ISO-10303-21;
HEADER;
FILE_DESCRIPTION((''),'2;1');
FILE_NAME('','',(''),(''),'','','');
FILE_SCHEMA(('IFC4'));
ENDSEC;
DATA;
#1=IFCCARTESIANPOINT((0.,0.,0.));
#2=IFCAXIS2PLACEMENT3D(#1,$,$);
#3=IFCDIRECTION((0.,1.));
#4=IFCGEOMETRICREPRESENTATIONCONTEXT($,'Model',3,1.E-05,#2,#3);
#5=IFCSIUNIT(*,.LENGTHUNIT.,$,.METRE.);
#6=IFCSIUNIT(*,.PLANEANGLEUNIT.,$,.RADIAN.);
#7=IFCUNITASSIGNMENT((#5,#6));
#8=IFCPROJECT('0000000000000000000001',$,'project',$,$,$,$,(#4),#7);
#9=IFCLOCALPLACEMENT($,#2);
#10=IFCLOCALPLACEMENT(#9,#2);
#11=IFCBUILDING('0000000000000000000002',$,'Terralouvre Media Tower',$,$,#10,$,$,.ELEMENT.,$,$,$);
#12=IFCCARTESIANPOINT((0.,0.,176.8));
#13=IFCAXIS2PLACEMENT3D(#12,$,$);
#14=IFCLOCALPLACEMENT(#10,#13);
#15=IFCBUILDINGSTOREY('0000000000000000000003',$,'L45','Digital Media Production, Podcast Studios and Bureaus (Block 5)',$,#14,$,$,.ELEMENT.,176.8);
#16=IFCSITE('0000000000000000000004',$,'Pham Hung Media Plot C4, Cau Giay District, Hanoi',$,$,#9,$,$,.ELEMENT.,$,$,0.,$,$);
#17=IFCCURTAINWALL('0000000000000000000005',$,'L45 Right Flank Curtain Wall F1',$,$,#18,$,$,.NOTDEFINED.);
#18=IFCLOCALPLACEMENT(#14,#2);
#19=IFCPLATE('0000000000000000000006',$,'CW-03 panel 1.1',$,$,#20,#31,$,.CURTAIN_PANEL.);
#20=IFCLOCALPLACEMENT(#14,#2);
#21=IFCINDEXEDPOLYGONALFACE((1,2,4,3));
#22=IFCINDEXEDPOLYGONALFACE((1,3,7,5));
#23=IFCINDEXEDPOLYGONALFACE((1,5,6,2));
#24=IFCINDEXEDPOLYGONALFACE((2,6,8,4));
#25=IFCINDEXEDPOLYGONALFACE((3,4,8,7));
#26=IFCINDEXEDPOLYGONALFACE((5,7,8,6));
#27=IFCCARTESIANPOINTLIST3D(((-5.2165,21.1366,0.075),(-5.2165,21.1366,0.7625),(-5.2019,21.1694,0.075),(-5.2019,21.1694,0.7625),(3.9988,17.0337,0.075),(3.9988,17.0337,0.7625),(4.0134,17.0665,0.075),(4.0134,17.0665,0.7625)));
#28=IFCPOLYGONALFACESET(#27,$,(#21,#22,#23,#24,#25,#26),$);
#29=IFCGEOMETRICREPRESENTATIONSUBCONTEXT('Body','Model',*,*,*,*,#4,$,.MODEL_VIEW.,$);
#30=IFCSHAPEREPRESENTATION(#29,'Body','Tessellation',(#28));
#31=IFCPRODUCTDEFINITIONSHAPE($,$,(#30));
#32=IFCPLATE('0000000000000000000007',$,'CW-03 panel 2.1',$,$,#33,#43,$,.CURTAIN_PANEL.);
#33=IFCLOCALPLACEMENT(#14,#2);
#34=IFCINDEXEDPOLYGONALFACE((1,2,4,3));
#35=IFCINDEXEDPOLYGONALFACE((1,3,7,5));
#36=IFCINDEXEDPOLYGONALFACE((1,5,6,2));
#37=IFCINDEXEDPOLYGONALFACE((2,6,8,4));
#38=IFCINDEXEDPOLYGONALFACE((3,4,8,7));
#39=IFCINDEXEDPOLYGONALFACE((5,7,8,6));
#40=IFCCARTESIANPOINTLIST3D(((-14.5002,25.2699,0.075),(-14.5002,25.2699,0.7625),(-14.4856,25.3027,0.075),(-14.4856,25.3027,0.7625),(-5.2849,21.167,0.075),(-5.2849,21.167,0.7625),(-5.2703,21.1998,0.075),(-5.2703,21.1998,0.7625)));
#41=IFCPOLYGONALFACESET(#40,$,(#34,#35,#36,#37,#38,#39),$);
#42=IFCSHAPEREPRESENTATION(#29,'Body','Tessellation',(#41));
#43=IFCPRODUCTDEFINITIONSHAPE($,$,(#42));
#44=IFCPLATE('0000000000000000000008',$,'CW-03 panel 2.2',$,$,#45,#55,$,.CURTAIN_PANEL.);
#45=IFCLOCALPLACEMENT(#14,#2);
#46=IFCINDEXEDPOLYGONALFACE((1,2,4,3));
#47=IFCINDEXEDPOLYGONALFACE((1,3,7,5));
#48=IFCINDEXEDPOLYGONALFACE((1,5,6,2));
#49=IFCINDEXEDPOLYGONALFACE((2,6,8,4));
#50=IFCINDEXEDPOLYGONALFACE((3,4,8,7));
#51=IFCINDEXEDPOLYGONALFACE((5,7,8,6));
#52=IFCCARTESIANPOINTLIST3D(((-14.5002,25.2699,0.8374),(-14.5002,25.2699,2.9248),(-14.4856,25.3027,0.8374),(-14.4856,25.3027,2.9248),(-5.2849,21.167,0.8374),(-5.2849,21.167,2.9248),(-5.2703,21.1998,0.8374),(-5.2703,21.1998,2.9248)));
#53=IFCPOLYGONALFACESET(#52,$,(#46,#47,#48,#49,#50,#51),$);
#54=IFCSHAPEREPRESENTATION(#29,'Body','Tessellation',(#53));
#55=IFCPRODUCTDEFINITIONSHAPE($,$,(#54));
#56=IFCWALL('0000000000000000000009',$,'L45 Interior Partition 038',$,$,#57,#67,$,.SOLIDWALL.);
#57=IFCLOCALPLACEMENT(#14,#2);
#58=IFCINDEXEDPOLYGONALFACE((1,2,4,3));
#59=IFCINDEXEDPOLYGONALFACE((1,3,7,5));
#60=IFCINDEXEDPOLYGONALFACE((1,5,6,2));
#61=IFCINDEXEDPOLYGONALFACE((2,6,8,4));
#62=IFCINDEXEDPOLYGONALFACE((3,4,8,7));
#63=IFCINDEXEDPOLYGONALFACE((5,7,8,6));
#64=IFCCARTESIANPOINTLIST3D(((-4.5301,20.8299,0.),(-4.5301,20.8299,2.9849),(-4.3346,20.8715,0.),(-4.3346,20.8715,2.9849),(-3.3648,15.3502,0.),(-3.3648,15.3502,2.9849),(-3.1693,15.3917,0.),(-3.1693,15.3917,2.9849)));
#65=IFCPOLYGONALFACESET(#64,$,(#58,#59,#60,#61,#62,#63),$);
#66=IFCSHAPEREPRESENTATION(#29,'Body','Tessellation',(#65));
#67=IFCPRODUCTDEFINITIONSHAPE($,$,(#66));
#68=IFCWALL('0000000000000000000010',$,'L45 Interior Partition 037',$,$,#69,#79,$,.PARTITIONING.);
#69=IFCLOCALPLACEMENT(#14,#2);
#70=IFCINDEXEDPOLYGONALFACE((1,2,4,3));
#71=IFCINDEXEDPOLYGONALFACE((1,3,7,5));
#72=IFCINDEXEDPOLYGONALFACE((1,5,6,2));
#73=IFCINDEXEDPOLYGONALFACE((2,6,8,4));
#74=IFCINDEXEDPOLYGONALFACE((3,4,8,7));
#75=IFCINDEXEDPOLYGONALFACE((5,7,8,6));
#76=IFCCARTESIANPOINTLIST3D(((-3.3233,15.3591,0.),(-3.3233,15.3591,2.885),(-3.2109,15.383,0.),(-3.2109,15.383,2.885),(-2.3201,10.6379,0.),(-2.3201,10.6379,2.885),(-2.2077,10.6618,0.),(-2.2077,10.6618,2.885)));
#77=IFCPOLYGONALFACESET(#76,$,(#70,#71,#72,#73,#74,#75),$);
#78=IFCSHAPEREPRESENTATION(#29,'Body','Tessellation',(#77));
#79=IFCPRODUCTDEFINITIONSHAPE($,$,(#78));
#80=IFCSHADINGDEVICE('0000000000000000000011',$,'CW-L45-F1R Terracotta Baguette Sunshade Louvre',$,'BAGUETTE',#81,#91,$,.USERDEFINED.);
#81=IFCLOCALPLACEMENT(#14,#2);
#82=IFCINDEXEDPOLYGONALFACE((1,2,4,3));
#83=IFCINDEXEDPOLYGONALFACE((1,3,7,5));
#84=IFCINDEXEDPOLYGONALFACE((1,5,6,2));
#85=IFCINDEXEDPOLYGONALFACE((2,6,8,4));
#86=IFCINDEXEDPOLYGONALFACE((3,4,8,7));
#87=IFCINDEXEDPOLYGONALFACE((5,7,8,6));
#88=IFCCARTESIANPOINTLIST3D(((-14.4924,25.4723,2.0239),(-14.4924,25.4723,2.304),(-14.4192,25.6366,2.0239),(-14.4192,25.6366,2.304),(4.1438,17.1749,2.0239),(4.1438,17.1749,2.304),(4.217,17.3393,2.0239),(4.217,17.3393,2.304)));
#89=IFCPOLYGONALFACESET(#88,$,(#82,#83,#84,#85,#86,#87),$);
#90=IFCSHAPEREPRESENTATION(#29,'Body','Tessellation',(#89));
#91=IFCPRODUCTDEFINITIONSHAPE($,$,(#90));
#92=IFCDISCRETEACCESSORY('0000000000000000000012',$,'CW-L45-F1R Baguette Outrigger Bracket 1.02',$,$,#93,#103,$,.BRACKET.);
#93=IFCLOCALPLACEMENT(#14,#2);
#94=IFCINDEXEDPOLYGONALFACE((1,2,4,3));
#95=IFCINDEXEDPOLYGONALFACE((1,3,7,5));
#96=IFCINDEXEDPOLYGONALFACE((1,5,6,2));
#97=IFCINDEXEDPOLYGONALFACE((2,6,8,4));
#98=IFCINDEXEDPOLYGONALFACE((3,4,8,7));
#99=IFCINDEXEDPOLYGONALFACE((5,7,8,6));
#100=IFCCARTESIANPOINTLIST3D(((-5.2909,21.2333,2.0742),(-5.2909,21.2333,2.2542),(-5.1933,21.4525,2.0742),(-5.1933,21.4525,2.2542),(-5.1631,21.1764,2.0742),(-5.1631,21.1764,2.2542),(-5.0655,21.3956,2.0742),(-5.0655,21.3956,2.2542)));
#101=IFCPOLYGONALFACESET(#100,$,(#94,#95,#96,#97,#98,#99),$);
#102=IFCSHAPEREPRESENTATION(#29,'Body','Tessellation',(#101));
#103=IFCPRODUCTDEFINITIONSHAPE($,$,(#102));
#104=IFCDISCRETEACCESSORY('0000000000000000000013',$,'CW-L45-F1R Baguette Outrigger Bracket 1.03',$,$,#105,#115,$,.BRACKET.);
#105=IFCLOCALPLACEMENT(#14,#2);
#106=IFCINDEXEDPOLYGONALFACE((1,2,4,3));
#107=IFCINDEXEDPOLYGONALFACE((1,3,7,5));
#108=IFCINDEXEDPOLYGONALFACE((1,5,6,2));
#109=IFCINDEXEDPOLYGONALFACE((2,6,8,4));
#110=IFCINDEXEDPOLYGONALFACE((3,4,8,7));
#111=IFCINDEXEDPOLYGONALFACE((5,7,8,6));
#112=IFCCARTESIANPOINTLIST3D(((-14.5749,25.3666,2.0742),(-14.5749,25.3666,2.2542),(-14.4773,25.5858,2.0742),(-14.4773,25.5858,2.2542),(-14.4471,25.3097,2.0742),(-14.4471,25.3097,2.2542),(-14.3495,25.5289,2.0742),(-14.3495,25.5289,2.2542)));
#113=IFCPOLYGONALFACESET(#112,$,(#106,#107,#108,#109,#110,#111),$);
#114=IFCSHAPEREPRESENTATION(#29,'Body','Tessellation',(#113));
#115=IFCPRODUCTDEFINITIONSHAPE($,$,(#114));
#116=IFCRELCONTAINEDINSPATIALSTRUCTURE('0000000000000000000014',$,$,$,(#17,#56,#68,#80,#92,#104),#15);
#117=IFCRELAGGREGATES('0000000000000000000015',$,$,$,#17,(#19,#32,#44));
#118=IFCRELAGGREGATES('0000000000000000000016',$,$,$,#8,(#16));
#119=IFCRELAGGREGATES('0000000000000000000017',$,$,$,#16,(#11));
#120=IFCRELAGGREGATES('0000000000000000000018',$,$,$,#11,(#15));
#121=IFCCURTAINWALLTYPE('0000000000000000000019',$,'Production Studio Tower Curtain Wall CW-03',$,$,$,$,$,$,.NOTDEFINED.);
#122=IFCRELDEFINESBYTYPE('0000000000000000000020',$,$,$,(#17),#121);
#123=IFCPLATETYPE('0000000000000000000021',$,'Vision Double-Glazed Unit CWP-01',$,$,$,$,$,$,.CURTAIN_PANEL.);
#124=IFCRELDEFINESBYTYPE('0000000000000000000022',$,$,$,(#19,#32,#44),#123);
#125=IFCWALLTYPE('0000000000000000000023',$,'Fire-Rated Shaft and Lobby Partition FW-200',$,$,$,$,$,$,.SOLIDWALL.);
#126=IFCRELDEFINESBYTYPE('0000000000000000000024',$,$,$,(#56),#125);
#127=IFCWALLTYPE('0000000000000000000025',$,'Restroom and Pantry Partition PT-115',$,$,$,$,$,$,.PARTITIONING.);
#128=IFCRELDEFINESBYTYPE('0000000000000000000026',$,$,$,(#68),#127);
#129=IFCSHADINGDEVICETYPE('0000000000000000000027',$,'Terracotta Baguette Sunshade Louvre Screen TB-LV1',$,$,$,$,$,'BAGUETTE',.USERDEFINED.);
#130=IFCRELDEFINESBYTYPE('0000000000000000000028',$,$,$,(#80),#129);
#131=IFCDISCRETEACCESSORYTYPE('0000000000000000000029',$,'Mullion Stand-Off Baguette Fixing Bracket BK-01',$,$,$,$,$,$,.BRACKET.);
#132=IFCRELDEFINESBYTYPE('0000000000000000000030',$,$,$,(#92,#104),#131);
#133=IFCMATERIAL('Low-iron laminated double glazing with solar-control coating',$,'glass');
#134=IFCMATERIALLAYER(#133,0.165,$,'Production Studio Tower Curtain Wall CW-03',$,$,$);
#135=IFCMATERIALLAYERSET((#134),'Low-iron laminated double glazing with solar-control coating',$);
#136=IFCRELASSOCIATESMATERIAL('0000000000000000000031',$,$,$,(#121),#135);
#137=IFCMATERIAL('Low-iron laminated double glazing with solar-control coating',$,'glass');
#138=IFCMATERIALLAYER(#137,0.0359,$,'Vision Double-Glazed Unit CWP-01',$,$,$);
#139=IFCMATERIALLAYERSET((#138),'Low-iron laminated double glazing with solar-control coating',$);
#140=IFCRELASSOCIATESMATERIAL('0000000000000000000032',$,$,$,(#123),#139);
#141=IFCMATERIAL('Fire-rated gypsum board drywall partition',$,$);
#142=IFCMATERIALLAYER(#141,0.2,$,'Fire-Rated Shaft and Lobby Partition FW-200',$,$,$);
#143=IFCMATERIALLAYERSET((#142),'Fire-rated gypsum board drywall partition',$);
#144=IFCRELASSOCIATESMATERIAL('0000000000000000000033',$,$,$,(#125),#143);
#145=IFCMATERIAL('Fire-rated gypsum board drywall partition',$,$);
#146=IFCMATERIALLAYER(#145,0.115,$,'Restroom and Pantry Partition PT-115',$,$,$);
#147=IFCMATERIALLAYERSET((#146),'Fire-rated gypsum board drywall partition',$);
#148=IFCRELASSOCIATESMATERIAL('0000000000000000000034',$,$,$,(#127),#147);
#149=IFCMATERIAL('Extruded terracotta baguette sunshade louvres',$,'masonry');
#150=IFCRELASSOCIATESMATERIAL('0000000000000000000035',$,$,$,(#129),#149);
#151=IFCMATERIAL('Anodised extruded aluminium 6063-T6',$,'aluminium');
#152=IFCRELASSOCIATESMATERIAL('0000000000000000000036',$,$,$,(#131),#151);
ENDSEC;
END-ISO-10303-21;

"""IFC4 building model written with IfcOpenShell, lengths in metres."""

from ifc_helpers import new_model, si_unit, direction, frame, frame_2d, origin, origin_2d, place, context, subcontext, project, spatial, rectangle, extrude, material, layer, layer_set, type_object, element, aggregate, save


model = new_model("IFC4")

# Units and contexts
model_context = context("Model", 3, precision=1e-05, world=origin(), true_north=direction((0.0, 1.0)))
body_context = subcontext(model_context, "Body", "Model", "MODEL_VIEW")
ifc_project = project(units=[si_unit("LENGTHUNIT", "METRE"), si_unit("PLANEANGLEUNIT", "RADIAN")], contexts=[model_context])

# Site, building, storey
site_placement = place(None, origin())
site = spatial("IfcSite", under=ifc_project, at=site_placement, Name="Pham Hung Media Plot C4, Cau Giay District, Hanoi", CompositionType="ELEMENT", RefElevation=0.0)
building_placement = place(site_placement, origin())
building = spatial("IfcBuilding", under=site, at=building_placement, Name="Terralouvre Media Tower", CompositionType="ELEMENT")
storey_placement = place(building_placement, frame((0.0, 0.0, 176.8)))
storey = spatial("IfcBuildingStorey", under=building, at=storey_placement, Name="L45", Description="Digital Media Production, Podcast Studios and Bureaus (Block 5)", CompositionType="ELEMENT", Elevation=176.8)

# Curtain wall
ifc_material_1 = material(Name="Low-iron laminated double glazing with solar-control coating", Category="glass")
ifc_layer_1 = layer(ifc_material_1, 0.165, Name="Production Studio Tower Curtain Wall CW-03")
ifc_layer_set_1 = layer_set([ifc_layer_1], Name="Low-iron laminated double glazing with solar-control coating")
curtain_wall_type_1 = type_object("IfcCurtainWallType", Name="Production Studio Tower Curtain Wall CW-03", PredefinedType="NOTDEFINED", material=ifc_layer_set_1)
curtain_wall_1_placement = place(storey_placement, origin())
curtain_wall_1 = element("IfcCurtainWall", 1, at=curtain_wall_1_placement, inside=storey, type_object=curtain_wall_type_1, Name="L45 Right Flank Curtain Wall F1", PredefinedType="NOTDEFINED")

# Plates
ifc_material_2 = material(Name="Low-iron laminated double glazing with solar-control coating", Category="glass")
ifc_layer_2 = layer(ifc_material_2, 0.0359, Name="Vision Double-Glazed Unit CWP-01")
ifc_layer_set_2 = layer_set([ifc_layer_2], Name="Low-iron laminated double glazing with solar-control coating")
plate_type = type_object("IfcPlateType", Name="Vision Double-Glazed Unit CWP-01", PredefinedType="CURTAIN_PANEL", material=ifc_layer_set_2)
plate_1_placement = place(storey_placement, frame((-0.6016, 19.1016, 0.075), z_axis=(0.0, 0.0, 1.0), x_axis=(-0.913546, 0.406736, 0.0)))
plate_1 = element("IfcPlate", 2, at=plate_1_placement, type_object=plate_type, Name="CW-03 panel 1.1", PredefinedType="CURTAIN_PANEL", context=body_context, shape_type="SweptSolid", body=[
    extrude(rectangle(XDim=10.0874, YDim=0.0359, at=origin_2d()), origin(), (0.0, 0.0, 1.0), 0.6875),
])
plate_2_placement = place(storey_placement, frame((-9.8853, 23.2349, 0.075), z_axis=(0.0, 0.0, 1.0), x_axis=(-0.913546, 0.406736, 0.0)))
plate_2 = element("IfcPlate", 3, at=plate_2_placement, type_object=plate_type, Name="CW-03 panel 2.1", PredefinedType="CURTAIN_PANEL", context=body_context, shape_type="SweptSolid", body=[
    extrude(rectangle(XDim=10.0874, YDim=0.0359, at=origin_2d()), origin(), (0.0, 0.0, 1.0), 0.6875),
])
plate_3_placement = place(storey_placement, frame((-9.8853, 23.2349, 0.8374), z_axis=(0.0, 0.0, 1.0), x_axis=(-0.913546, 0.406736, 0.0)))
plate_3 = element("IfcPlate", 4, at=plate_3_placement, type_object=plate_type, Name="CW-03 panel 2.2", PredefinedType="CURTAIN_PANEL", context=body_context, shape_type="SweptSolid", body=[
    extrude(rectangle(XDim=10.0874, YDim=0.0359, at=origin_2d()), origin(), (0.0, 0.0, 1.0), 2.0874),
])
aggregate(curtain_wall_1, [plate_1, plate_2, plate_3])

# Walls
ifc_material_3 = material(Name="Fire-rated gypsum board drywall partition")
ifc_layer_3 = layer(ifc_material_3, 0.2, Name="Fire-Rated Shaft and Lobby Partition FW-200")
ifc_layer_set_3 = layer_set([ifc_layer_3], Name="Fire-rated gypsum board drywall partition")
wall_type_1 = type_object("IfcWallType", Name="Fire-Rated Shaft and Lobby Partition FW-200", PredefinedType="SOLIDWALL", material=ifc_layer_set_3)
wall_1_placement = place(storey_placement, frame((-4.4324, 20.8508, 0.0), z_axis=(0.0, 0.0, 1.0), x_axis=(0.208002, -0.978128, 0.0)))
element("IfcWall", 5, at=wall_1_placement, inside=storey, type_object=wall_type_1, Name="L45 Interior Partition 038", PredefinedType="SOLIDWALL", context=body_context, shape_type="SweptSolid", body=[
    extrude(rectangle(XDim=5.6023, YDim=0.2, at=frame_2d((2.8013, 0.0))), origin(), (0.0, 0.0, 1.0), 2.9849),
])
ifc_material_4 = material(Name="Fire-rated gypsum board drywall partition")
ifc_layer_4 = layer(ifc_material_4, 0.115, Name="Restroom and Pantry Partition PT-115")
ifc_layer_set_4 = layer_set([ifc_layer_4], Name="Fire-rated gypsum board drywall partition")
wall_type_2 = type_object("IfcWallType", Name="Restroom and Pantry Partition PT-115", PredefinedType="PARTITIONING", material=ifc_layer_set_4)
wall_2_placement = place(storey_placement, frame((-3.2671, 15.3711, 0.0), z_axis=(0.0, 0.0, 1.0), x_axis=(0.207843, -0.978162, 0.0)))
element("IfcWall", 6, at=wall_2_placement, inside=storey, type_object=wall_type_2, Name="L45 Interior Partition 037", PredefinedType="PARTITIONING", context=body_context, shape_type="SweptSolid", body=[
    extrude(rectangle(XDim=4.8267, YDim=0.115, at=frame_2d((2.4133, 0.0))), origin(), (0.0, 0.0, 1.0), 2.885),
])

# Shading device
ifc_material_5 = material(Name="Extruded terracotta baguette sunshade louvres", Category="masonry")
shading_device_type = type_object("IfcShadingDeviceType", Name="Terracotta Baguette Sunshade Louvre Screen TB-LV1", ElementType="BAGUETTE", PredefinedType="USERDEFINED", material=ifc_material_5)
shading_device_placement = place(storey_placement, frame((-5.1377, 21.4058, 2.0239), z_axis=(0.0, 0.0, 1.0), x_axis=(-0.913546, 0.406736, 0.0)))
element("IfcShadingDevice", 7, at=shading_device_placement, inside=storey, type_object=shading_device_type, Name="CW-L45-F1R Terracotta Baguette Sunshade Louvre", ObjectType="BAGUETTE", PredefinedType="USERDEFINED", context=body_context, shape_type="SweptSolid", body=[
    extrude(rectangle(XDim=20.3999, YDim=0.1799, at=origin_2d()), origin(), (0.0, 0.0, 1.0), 0.28),
])

# Discrete accessories
ifc_material_6 = material(Name="Anodised extruded aluminium 6063-T6", Category="aluminium")
discrete_accessory_type = type_object("IfcDiscreteAccessoryType", Name="Mullion Stand-Off Baguette Fixing Bracket BK-01", PredefinedType="BRACKET", material=ifc_material_6)
for number, where, z_axis, x_axis, name in (
    (8, (-5.1782, 21.3145, 2.0742), (0.0, 0.0, 1.0), (-0.913546, 0.406736, 0.0), "CW-L45-F1R Baguette Outrigger Bracket 1.02"),
    (9, (-14.4622, 25.4478, 2.0742), (0.0, 0.0, 1.0), (-0.913546, 0.406736, 0.0), "CW-L45-F1R Baguette Outrigger Bracket 1.03"),
):
    element("IfcDiscreteAccessory", number, at=place(storey_placement, frame(where, z_axis=z_axis, x_axis=x_axis)), inside=storey, type_object=discrete_accessory_type, Name=name, PredefinedType="BRACKET", context=body_context, shape_type="SweptSolid", body=[
        extrude(rectangle(XDim=0.1399, YDim=0.24, at=origin_2d()), origin(), (0.0, 0.0, 1.0), 0.1799),
    ])

save(model, "model.ifc")
